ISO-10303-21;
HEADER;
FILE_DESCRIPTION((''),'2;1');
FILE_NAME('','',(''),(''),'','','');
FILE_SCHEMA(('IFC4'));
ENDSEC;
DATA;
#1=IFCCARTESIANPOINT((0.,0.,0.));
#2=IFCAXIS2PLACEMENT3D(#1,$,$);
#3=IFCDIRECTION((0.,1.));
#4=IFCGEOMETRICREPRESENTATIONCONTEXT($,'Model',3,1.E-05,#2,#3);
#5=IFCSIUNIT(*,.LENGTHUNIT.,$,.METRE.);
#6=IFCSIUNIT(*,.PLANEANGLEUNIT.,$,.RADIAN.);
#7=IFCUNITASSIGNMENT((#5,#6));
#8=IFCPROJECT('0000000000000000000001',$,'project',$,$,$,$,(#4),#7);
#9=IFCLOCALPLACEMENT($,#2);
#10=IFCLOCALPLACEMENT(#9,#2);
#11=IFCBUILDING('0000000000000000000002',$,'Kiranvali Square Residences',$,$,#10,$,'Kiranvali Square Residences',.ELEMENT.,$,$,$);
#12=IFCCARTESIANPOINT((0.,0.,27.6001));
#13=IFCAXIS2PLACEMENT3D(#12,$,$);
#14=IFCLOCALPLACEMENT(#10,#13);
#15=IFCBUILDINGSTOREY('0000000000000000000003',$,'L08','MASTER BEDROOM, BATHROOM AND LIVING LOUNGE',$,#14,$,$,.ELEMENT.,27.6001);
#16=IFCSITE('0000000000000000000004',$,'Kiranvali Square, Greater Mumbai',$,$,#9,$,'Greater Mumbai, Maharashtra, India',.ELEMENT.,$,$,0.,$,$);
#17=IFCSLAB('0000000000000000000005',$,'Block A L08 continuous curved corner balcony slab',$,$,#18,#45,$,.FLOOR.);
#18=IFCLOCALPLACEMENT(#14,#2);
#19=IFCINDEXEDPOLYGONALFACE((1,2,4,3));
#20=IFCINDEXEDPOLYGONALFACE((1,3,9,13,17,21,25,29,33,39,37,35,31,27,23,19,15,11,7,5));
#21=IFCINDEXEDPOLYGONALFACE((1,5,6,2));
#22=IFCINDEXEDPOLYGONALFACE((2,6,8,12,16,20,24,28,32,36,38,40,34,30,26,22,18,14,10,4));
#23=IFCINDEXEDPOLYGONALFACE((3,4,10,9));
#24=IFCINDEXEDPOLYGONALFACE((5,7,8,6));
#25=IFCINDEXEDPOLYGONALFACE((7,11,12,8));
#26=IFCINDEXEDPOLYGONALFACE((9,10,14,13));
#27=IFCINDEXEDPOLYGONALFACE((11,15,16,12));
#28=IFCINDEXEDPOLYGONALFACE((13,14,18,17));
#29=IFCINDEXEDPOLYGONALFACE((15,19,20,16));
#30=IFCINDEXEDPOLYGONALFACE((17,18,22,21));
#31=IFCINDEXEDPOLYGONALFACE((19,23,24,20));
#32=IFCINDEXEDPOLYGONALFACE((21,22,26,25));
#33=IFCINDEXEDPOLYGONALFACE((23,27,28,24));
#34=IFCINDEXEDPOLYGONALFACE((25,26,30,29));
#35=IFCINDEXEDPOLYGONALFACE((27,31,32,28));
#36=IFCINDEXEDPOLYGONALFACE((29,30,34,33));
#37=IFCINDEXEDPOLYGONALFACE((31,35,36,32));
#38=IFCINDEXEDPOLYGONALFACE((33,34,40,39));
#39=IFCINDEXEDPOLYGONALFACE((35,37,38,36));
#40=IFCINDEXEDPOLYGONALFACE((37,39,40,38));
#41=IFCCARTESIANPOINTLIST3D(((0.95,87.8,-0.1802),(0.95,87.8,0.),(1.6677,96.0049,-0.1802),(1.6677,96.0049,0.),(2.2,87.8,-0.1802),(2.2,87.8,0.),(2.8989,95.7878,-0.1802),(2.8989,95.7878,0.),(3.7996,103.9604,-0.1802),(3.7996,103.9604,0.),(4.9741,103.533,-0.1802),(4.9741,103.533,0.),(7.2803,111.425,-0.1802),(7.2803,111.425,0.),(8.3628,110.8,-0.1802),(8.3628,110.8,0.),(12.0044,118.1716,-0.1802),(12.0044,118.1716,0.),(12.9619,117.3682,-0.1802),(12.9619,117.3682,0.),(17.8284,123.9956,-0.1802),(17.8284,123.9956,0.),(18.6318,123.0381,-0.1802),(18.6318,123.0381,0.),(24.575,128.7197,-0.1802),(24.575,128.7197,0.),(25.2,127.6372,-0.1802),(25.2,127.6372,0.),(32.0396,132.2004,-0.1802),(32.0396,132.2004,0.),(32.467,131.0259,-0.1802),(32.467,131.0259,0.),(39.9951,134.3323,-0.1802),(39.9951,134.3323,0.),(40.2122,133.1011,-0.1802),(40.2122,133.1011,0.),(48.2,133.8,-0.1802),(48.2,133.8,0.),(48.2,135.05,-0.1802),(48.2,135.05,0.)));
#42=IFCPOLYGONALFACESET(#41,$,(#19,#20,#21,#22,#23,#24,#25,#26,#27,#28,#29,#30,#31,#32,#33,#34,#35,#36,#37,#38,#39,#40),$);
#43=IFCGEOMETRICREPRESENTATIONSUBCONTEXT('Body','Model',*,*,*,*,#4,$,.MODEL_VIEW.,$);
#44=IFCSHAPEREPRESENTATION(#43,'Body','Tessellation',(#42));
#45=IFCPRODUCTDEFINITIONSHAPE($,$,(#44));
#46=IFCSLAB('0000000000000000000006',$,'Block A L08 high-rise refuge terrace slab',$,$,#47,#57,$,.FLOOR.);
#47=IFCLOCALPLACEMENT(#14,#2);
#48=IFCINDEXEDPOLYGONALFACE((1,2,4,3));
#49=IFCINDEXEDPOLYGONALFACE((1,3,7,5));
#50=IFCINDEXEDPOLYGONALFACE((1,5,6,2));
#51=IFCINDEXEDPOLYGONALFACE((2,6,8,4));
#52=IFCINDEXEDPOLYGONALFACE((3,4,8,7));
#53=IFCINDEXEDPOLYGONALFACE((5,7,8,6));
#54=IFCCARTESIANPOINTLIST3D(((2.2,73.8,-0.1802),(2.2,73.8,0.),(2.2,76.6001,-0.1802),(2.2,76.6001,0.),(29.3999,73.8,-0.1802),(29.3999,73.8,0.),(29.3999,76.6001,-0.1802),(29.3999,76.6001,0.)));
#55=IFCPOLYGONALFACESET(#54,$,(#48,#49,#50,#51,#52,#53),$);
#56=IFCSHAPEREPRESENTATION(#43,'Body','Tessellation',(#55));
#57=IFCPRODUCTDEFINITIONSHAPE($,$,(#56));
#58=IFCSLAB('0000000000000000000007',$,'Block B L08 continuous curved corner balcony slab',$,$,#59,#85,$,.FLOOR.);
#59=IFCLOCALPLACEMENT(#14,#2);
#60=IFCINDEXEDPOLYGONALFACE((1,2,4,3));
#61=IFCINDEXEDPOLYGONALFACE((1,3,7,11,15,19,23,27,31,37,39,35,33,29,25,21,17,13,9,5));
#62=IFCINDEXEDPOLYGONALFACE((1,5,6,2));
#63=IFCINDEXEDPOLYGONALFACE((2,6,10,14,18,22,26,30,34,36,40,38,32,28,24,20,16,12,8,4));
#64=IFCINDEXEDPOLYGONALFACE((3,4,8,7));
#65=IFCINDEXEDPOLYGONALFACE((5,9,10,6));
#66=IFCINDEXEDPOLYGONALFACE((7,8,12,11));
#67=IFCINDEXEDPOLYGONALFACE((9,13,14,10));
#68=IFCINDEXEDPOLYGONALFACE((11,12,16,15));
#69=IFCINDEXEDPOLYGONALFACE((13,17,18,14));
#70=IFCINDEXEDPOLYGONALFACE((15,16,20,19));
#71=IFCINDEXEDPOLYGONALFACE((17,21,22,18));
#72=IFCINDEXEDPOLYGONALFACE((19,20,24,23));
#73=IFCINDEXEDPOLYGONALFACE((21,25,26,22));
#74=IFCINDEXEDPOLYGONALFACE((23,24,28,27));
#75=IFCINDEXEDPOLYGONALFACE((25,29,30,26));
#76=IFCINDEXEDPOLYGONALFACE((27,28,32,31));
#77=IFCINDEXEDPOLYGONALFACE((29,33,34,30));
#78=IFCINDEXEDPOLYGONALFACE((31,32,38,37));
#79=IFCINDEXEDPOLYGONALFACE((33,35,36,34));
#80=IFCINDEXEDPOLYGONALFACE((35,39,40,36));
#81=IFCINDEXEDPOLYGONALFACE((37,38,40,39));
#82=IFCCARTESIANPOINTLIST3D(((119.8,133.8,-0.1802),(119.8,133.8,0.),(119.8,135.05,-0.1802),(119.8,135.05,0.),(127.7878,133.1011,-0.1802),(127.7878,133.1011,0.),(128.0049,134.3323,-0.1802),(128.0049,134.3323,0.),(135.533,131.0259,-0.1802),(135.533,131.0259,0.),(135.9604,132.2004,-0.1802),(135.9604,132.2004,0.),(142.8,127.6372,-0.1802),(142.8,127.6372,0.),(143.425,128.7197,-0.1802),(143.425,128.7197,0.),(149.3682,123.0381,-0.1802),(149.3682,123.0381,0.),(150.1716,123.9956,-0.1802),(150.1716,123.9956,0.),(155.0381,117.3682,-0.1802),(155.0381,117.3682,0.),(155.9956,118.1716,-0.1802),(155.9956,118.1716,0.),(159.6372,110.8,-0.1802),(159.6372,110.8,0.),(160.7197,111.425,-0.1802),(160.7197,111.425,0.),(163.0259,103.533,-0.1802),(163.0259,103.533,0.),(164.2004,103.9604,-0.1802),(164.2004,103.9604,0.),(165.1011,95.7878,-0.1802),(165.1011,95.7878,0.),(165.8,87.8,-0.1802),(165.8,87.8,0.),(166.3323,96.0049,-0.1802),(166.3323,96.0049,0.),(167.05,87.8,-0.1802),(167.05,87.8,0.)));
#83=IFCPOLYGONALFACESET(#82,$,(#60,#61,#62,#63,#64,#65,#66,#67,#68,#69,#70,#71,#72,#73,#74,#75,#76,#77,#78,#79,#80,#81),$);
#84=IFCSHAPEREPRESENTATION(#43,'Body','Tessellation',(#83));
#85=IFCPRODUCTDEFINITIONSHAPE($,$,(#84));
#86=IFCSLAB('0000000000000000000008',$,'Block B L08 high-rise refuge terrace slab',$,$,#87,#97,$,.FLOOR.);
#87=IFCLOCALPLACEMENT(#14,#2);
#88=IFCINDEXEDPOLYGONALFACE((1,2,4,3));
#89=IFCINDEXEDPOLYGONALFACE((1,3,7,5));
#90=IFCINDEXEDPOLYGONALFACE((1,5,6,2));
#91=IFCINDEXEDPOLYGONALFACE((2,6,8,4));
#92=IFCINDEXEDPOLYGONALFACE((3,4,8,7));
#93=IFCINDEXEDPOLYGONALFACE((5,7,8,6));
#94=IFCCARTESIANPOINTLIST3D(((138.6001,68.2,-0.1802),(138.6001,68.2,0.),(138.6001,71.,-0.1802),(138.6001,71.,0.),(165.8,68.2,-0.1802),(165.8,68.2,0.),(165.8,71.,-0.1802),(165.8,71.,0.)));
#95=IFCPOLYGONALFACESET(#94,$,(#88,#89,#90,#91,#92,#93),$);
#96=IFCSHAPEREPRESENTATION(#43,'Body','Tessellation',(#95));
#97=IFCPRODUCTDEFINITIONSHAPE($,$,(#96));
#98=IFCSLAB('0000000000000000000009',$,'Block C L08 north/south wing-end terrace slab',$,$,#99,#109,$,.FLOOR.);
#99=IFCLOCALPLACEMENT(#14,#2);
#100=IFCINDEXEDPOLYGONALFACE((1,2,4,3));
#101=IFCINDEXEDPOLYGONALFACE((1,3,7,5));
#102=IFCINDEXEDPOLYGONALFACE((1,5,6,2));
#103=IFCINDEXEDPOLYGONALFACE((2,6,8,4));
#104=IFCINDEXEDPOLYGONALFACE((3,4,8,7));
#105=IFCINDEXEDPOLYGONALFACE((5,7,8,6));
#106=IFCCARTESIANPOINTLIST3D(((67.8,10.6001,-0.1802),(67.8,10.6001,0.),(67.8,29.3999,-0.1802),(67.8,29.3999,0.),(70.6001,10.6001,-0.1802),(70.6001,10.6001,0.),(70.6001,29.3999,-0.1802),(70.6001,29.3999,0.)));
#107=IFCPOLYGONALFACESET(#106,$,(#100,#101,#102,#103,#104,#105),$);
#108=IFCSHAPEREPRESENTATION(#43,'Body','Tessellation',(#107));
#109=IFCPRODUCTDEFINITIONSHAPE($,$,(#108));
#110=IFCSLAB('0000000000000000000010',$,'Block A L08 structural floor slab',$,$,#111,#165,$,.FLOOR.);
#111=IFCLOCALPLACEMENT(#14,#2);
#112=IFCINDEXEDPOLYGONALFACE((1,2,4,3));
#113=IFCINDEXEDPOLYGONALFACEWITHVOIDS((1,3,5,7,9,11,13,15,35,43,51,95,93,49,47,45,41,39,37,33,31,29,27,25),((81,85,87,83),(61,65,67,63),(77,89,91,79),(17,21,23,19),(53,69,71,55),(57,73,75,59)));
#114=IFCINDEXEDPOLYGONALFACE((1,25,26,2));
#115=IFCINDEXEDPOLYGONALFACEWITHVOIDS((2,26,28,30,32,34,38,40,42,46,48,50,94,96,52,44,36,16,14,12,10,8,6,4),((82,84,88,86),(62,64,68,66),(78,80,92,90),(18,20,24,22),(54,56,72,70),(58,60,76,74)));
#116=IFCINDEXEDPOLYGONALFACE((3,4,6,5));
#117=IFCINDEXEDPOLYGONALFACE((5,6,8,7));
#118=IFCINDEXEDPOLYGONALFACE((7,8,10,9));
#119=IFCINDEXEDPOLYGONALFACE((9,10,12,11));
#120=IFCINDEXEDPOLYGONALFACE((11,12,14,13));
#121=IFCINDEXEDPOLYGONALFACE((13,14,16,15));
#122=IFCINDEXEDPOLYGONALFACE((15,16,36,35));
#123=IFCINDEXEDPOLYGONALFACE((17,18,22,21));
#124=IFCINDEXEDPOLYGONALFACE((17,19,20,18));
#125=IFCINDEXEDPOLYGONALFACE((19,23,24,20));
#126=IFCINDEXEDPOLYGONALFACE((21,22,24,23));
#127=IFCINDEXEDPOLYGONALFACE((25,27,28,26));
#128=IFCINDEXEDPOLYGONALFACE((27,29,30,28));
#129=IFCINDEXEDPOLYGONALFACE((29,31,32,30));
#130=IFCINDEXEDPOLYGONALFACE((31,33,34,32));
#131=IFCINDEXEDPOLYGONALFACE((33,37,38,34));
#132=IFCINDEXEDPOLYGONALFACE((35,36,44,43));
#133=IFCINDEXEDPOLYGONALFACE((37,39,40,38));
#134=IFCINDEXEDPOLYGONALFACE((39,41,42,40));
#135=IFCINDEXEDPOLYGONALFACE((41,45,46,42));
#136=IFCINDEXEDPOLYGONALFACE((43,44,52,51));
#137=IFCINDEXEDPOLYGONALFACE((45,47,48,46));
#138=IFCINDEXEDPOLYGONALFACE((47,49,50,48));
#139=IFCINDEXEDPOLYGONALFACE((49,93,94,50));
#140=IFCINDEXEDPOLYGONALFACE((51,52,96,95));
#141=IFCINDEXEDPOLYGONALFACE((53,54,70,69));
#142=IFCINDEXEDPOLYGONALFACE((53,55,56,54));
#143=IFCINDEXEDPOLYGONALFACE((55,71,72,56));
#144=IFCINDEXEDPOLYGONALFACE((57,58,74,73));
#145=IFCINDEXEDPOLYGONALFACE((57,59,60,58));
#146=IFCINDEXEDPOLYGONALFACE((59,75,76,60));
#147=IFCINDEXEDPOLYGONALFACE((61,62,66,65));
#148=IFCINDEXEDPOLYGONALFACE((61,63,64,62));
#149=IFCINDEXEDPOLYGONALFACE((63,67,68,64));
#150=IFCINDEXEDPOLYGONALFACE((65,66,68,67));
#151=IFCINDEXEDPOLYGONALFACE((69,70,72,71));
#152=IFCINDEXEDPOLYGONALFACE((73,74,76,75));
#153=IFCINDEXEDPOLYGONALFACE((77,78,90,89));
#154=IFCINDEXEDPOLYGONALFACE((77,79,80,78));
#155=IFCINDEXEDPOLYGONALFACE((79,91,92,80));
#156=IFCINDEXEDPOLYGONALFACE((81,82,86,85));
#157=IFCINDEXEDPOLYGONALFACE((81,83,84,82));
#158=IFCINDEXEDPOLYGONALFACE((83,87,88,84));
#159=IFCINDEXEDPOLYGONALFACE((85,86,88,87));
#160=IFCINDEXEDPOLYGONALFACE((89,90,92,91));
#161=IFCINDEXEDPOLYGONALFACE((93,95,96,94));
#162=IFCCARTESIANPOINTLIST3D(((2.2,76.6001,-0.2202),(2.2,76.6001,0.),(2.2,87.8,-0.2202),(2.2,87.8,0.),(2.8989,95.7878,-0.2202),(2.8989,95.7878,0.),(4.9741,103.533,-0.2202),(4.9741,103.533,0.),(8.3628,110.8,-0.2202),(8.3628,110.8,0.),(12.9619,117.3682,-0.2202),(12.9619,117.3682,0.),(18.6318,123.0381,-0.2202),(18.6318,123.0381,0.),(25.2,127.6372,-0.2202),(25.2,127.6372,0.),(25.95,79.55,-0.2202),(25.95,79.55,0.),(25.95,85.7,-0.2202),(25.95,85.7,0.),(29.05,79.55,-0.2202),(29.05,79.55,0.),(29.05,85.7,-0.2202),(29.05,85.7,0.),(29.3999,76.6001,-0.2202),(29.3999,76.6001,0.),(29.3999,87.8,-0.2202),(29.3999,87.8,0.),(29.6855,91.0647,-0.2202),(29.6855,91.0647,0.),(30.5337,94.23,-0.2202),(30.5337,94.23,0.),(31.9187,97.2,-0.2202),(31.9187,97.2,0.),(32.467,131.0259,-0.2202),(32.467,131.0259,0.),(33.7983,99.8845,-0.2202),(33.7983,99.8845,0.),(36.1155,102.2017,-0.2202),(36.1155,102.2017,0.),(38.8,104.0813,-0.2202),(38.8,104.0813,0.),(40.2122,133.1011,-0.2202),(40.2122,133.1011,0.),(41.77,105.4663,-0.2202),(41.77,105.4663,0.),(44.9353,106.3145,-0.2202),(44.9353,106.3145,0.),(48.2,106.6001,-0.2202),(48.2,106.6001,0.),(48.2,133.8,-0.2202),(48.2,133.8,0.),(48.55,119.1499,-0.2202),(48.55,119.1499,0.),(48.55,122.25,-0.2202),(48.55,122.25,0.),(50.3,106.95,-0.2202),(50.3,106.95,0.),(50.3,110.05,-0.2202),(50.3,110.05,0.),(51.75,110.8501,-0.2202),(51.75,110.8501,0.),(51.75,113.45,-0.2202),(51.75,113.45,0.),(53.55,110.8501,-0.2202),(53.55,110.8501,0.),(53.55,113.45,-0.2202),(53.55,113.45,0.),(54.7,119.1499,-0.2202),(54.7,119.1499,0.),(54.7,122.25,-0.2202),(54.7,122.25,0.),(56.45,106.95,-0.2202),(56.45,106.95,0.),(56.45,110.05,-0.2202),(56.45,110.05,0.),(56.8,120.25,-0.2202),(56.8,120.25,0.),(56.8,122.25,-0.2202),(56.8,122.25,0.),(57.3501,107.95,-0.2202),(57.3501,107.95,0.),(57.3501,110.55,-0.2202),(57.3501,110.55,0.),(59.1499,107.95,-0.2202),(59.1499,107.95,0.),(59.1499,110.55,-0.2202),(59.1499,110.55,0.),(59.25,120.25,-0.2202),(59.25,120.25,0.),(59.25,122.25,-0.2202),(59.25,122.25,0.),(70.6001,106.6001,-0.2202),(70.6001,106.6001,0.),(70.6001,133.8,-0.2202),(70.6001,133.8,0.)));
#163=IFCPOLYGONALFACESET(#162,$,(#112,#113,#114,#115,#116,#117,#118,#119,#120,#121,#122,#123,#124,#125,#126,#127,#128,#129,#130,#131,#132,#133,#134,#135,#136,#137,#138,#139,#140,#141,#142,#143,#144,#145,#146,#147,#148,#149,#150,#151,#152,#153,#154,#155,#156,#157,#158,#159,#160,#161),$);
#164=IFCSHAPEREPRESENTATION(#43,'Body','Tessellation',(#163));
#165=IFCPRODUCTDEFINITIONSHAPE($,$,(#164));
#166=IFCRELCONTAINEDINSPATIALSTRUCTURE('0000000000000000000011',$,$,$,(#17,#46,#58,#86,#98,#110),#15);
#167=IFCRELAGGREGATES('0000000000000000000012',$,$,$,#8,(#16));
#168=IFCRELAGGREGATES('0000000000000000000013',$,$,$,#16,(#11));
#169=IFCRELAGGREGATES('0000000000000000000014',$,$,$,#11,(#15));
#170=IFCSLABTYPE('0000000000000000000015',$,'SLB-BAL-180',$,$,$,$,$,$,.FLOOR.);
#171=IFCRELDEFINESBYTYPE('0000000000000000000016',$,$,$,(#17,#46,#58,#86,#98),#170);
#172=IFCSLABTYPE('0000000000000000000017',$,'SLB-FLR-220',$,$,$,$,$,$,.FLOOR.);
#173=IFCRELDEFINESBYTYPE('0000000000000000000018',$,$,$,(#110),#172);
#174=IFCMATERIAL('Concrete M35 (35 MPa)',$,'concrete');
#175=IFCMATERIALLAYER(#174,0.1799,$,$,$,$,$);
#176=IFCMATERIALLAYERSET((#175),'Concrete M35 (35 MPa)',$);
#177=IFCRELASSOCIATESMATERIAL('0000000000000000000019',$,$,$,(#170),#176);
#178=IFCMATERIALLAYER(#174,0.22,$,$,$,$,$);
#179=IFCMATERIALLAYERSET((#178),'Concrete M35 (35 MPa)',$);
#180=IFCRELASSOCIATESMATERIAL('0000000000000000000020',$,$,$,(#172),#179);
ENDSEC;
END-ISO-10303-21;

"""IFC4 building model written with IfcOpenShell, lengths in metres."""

from ifc_helpers import new_model, si_unit, direction, frame, origin, place, context, subcontext, project, spatial, polyline, outline, extrude, material, layer, layer_set, type_object, element, save


model = new_model("IFC4")

# Units and contexts
model_context = context("Model", 3, precision=1e-05, world=origin(), true_north=direction((0.0, 1.0)))
body_context = subcontext(model_context, "Body", "Model", "MODEL_VIEW")
ifc_project = project(units=[si_unit("LENGTHUNIT", "METRE"), si_unit("PLANEANGLEUNIT", "RADIAN")], contexts=[model_context])

# Site, building, storey
site_placement = place(None, origin())
site = spatial("IfcSite", under=ifc_project, at=site_placement, Name="Kiranvali Square, Greater Mumbai", LongName="Greater Mumbai, Maharashtra, India", CompositionType="ELEMENT", RefElevation=0.0)
building_placement = place(site_placement, origin())
building = spatial("IfcBuilding", under=site, at=building_placement, Name="Kiranvali Square Residences", LongName="Kiranvali Square Residences", CompositionType="ELEMENT")
storey_placement = place(building_placement, frame((0.0, 0.0, 27.6001)))
storey = spatial("IfcBuildingStorey", under=building, at=storey_placement, Name="L08", Description="MASTER BEDROOM, BATHROOM AND LIVING LOUNGE", CompositionType="ELEMENT", Elevation=27.6001)

# Slabs
ifc_material_1 = material(Name="Concrete M35 (35 MPa)", Category="concrete")
ifc_layer_1 = layer(ifc_material_1, 0.1799)
ifc_layer_set_1 = layer_set([ifc_layer_1], Name="Concrete M35 (35 MPa)")
slab_type_1 = type_object("IfcSlabType", Name="SLB-BAL-180", PredefinedType="FLOOR", material=ifc_layer_set_1)
slab_1_placement = place(storey_placement, frame((0.0, 0.0, -0.1802)))
element("IfcSlab", 1, at=slab_1_placement, inside=storey, type_object=slab_type_1, Name="Block A L08 continuous curved corner balcony slab", PredefinedType="FLOOR", context=body_context, shape_type="SweptSolid", body=[
    extrude(outline(polyline([(48.2, 135.05), (39.9951, 134.3323), (32.0396, 132.2004), (24.575, 128.7197), (17.8284, 123.9956), (12.0044, 118.1716), (7.2803, 111.425), (3.7996, 103.9604), (1.6677, 96.0049), (0.95, 87.8), (2.2, 87.8), (2.8989, 95.7878), (4.9741, 103.533), (8.3628, 110.8), (12.9619, 117.3682), (18.6318, 123.0381), (25.2, 127.6372), (32.467, 131.0259), (40.2122, 133.1011), (48.2, 133.8), (48.2, 135.05)])), origin(), (0.0, 0.0, 1.0), 0.1802),
])
slab_2_placement = place(storey_placement, frame((0.0, 0.0, -0.1802)))
element("IfcSlab", 2, at=slab_2_placement, inside=storey, type_object=slab_type_1, Name="Block A L08 high-rise refuge terrace slab", PredefinedType="FLOOR", context=body_context, shape_type="SweptSolid", body=[
    extrude(outline(polyline([(2.2, 73.8), (29.3999, 73.8), (29.3999, 76.6001), (2.2, 76.6001), (2.2, 73.8)])), origin(), (0.0, 0.0, 1.0), 0.1802),
])
slab_3_placement = place(storey_placement, frame((0.0, 0.0, -0.1802)))
element("IfcSlab", 3, at=slab_3_placement, inside=storey, type_object=slab_type_1, Name="Block B L08 continuous curved corner balcony slab", PredefinedType="FLOOR", context=body_context, shape_type="SweptSolid", body=[
    extrude(outline(polyline([(119.8, 133.8), (127.7878, 133.1011), (135.533, 131.0259), (142.8, 127.6372), (149.3682, 123.0381), (155.0381, 117.3682), (159.6372, 110.8), (163.0259, 103.533), (165.1011, 95.7878), (165.8, 87.8), (167.05, 87.8), (166.3323, 96.0049), (164.2004, 103.9604), (160.7197, 111.425), (155.9956, 118.1716), (150.1716, 123.9956), (143.425, 128.7197), (135.9604, 132.2004), (128.0049, 134.3323), (119.8, 135.05), (119.8, 133.8)])), origin(), (0.0, 0.0, 1.0), 0.1802),
])
slab_4_placement = place(storey_placement, frame((0.0, 0.0, -0.1802)))
element("IfcSlab", 4, at=slab_4_placement, inside=storey, type_object=slab_type_1, Name="Block B L08 high-rise refuge terrace slab", PredefinedType="FLOOR", context=body_context, shape_type="SweptSolid", body=[
    extrude(outline(polyline([(138.6001, 68.2), (165.8, 68.2), (165.8, 71.0), (138.6001, 71.0), (138.6001, 68.2)])), origin(), (0.0, 0.0, 1.0), 0.1802),
])
slab_5_placement = place(storey_placement, frame((0.0, 0.0, -0.1802)))
element("IfcSlab", 5, at=slab_5_placement, inside=storey, type_object=slab_type_1, Name="Block C L08 north/south wing-end terrace slab", PredefinedType="FLOOR", context=body_context, shape_type="SweptSolid", body=[
    extrude(outline(polyline([(67.8, 10.6001), (70.6001, 10.6001), (70.6001, 29.3999), (67.8, 29.3999), (67.8, 10.6001)])), origin(), (0.0, 0.0, 1.0), 0.1802),
])
ifc_layer_2 = layer(ifc_material_1, 0.22)
ifc_layer_set_2 = layer_set([ifc_layer_2], Name="Concrete M35 (35 MPa)")
slab_type_2 = type_object("IfcSlabType", Name="SLB-FLR-220", PredefinedType="FLOOR", material=ifc_layer_set_2)
slab_6_placement = place(storey_placement, frame((0.0, 0.0, -0.2202)))
element("IfcSlab", 6, at=slab_6_placement, inside=storey, type_object=slab_type_2, Name="Block A L08 structural floor slab", PredefinedType="FLOOR", context=body_context, shape_type="SweptSolid", body=[
    extrude(outline(polyline([(70.6001, 106.6001), (70.6001, 133.8), (48.2, 133.8), (40.2122, 133.1011), (32.467, 131.0259), (25.2, 127.6372), (18.6318, 123.0381), (12.9619, 117.3682), (8.3628, 110.8), (4.9741, 103.533), (2.8989, 95.7878), (2.2, 87.8), (2.2, 76.6001), (29.3999, 76.6001), (29.3999, 87.8), (29.6855, 91.0647), (30.5337, 94.23), (31.9187, 97.2), (33.7983, 99.8845), (36.1155, 102.2017), (38.8, 104.0813), (41.77, 105.4663), (44.9353, 106.3145), (48.2, 106.6001), (70.6001, 106.6001)]), holes=[polyline([(56.8, 120.25), (59.25, 120.25), (59.25, 122.25), (56.8, 122.25), (56.8, 120.25)]), polyline([(57.3501, 107.95), (59.1499, 107.95), (59.1499, 110.55), (57.3501, 110.55), (57.3501, 107.95)]), polyline([(51.75, 110.8501), (53.55, 110.8501), (53.55, 113.45), (51.75, 113.45), (51.75, 110.8501)]), polyline([(54.7, 122.25), (48.55, 122.25), (48.55, 119.1499), (54.7, 119.1499), (54.7, 122.25)]), polyline([(50.3, 106.95), (56.45, 106.95), (56.45, 110.05), (50.3, 110.05), (50.3, 106.95)]), polyline([(25.95, 85.7), (25.95, 79.55), (29.05, 79.55), (29.05, 85.7), (25.95, 85.7)])]), origin(), (0.0, 0.0, 1.0), 0.2202),
])

save(model, "model.ifc")
